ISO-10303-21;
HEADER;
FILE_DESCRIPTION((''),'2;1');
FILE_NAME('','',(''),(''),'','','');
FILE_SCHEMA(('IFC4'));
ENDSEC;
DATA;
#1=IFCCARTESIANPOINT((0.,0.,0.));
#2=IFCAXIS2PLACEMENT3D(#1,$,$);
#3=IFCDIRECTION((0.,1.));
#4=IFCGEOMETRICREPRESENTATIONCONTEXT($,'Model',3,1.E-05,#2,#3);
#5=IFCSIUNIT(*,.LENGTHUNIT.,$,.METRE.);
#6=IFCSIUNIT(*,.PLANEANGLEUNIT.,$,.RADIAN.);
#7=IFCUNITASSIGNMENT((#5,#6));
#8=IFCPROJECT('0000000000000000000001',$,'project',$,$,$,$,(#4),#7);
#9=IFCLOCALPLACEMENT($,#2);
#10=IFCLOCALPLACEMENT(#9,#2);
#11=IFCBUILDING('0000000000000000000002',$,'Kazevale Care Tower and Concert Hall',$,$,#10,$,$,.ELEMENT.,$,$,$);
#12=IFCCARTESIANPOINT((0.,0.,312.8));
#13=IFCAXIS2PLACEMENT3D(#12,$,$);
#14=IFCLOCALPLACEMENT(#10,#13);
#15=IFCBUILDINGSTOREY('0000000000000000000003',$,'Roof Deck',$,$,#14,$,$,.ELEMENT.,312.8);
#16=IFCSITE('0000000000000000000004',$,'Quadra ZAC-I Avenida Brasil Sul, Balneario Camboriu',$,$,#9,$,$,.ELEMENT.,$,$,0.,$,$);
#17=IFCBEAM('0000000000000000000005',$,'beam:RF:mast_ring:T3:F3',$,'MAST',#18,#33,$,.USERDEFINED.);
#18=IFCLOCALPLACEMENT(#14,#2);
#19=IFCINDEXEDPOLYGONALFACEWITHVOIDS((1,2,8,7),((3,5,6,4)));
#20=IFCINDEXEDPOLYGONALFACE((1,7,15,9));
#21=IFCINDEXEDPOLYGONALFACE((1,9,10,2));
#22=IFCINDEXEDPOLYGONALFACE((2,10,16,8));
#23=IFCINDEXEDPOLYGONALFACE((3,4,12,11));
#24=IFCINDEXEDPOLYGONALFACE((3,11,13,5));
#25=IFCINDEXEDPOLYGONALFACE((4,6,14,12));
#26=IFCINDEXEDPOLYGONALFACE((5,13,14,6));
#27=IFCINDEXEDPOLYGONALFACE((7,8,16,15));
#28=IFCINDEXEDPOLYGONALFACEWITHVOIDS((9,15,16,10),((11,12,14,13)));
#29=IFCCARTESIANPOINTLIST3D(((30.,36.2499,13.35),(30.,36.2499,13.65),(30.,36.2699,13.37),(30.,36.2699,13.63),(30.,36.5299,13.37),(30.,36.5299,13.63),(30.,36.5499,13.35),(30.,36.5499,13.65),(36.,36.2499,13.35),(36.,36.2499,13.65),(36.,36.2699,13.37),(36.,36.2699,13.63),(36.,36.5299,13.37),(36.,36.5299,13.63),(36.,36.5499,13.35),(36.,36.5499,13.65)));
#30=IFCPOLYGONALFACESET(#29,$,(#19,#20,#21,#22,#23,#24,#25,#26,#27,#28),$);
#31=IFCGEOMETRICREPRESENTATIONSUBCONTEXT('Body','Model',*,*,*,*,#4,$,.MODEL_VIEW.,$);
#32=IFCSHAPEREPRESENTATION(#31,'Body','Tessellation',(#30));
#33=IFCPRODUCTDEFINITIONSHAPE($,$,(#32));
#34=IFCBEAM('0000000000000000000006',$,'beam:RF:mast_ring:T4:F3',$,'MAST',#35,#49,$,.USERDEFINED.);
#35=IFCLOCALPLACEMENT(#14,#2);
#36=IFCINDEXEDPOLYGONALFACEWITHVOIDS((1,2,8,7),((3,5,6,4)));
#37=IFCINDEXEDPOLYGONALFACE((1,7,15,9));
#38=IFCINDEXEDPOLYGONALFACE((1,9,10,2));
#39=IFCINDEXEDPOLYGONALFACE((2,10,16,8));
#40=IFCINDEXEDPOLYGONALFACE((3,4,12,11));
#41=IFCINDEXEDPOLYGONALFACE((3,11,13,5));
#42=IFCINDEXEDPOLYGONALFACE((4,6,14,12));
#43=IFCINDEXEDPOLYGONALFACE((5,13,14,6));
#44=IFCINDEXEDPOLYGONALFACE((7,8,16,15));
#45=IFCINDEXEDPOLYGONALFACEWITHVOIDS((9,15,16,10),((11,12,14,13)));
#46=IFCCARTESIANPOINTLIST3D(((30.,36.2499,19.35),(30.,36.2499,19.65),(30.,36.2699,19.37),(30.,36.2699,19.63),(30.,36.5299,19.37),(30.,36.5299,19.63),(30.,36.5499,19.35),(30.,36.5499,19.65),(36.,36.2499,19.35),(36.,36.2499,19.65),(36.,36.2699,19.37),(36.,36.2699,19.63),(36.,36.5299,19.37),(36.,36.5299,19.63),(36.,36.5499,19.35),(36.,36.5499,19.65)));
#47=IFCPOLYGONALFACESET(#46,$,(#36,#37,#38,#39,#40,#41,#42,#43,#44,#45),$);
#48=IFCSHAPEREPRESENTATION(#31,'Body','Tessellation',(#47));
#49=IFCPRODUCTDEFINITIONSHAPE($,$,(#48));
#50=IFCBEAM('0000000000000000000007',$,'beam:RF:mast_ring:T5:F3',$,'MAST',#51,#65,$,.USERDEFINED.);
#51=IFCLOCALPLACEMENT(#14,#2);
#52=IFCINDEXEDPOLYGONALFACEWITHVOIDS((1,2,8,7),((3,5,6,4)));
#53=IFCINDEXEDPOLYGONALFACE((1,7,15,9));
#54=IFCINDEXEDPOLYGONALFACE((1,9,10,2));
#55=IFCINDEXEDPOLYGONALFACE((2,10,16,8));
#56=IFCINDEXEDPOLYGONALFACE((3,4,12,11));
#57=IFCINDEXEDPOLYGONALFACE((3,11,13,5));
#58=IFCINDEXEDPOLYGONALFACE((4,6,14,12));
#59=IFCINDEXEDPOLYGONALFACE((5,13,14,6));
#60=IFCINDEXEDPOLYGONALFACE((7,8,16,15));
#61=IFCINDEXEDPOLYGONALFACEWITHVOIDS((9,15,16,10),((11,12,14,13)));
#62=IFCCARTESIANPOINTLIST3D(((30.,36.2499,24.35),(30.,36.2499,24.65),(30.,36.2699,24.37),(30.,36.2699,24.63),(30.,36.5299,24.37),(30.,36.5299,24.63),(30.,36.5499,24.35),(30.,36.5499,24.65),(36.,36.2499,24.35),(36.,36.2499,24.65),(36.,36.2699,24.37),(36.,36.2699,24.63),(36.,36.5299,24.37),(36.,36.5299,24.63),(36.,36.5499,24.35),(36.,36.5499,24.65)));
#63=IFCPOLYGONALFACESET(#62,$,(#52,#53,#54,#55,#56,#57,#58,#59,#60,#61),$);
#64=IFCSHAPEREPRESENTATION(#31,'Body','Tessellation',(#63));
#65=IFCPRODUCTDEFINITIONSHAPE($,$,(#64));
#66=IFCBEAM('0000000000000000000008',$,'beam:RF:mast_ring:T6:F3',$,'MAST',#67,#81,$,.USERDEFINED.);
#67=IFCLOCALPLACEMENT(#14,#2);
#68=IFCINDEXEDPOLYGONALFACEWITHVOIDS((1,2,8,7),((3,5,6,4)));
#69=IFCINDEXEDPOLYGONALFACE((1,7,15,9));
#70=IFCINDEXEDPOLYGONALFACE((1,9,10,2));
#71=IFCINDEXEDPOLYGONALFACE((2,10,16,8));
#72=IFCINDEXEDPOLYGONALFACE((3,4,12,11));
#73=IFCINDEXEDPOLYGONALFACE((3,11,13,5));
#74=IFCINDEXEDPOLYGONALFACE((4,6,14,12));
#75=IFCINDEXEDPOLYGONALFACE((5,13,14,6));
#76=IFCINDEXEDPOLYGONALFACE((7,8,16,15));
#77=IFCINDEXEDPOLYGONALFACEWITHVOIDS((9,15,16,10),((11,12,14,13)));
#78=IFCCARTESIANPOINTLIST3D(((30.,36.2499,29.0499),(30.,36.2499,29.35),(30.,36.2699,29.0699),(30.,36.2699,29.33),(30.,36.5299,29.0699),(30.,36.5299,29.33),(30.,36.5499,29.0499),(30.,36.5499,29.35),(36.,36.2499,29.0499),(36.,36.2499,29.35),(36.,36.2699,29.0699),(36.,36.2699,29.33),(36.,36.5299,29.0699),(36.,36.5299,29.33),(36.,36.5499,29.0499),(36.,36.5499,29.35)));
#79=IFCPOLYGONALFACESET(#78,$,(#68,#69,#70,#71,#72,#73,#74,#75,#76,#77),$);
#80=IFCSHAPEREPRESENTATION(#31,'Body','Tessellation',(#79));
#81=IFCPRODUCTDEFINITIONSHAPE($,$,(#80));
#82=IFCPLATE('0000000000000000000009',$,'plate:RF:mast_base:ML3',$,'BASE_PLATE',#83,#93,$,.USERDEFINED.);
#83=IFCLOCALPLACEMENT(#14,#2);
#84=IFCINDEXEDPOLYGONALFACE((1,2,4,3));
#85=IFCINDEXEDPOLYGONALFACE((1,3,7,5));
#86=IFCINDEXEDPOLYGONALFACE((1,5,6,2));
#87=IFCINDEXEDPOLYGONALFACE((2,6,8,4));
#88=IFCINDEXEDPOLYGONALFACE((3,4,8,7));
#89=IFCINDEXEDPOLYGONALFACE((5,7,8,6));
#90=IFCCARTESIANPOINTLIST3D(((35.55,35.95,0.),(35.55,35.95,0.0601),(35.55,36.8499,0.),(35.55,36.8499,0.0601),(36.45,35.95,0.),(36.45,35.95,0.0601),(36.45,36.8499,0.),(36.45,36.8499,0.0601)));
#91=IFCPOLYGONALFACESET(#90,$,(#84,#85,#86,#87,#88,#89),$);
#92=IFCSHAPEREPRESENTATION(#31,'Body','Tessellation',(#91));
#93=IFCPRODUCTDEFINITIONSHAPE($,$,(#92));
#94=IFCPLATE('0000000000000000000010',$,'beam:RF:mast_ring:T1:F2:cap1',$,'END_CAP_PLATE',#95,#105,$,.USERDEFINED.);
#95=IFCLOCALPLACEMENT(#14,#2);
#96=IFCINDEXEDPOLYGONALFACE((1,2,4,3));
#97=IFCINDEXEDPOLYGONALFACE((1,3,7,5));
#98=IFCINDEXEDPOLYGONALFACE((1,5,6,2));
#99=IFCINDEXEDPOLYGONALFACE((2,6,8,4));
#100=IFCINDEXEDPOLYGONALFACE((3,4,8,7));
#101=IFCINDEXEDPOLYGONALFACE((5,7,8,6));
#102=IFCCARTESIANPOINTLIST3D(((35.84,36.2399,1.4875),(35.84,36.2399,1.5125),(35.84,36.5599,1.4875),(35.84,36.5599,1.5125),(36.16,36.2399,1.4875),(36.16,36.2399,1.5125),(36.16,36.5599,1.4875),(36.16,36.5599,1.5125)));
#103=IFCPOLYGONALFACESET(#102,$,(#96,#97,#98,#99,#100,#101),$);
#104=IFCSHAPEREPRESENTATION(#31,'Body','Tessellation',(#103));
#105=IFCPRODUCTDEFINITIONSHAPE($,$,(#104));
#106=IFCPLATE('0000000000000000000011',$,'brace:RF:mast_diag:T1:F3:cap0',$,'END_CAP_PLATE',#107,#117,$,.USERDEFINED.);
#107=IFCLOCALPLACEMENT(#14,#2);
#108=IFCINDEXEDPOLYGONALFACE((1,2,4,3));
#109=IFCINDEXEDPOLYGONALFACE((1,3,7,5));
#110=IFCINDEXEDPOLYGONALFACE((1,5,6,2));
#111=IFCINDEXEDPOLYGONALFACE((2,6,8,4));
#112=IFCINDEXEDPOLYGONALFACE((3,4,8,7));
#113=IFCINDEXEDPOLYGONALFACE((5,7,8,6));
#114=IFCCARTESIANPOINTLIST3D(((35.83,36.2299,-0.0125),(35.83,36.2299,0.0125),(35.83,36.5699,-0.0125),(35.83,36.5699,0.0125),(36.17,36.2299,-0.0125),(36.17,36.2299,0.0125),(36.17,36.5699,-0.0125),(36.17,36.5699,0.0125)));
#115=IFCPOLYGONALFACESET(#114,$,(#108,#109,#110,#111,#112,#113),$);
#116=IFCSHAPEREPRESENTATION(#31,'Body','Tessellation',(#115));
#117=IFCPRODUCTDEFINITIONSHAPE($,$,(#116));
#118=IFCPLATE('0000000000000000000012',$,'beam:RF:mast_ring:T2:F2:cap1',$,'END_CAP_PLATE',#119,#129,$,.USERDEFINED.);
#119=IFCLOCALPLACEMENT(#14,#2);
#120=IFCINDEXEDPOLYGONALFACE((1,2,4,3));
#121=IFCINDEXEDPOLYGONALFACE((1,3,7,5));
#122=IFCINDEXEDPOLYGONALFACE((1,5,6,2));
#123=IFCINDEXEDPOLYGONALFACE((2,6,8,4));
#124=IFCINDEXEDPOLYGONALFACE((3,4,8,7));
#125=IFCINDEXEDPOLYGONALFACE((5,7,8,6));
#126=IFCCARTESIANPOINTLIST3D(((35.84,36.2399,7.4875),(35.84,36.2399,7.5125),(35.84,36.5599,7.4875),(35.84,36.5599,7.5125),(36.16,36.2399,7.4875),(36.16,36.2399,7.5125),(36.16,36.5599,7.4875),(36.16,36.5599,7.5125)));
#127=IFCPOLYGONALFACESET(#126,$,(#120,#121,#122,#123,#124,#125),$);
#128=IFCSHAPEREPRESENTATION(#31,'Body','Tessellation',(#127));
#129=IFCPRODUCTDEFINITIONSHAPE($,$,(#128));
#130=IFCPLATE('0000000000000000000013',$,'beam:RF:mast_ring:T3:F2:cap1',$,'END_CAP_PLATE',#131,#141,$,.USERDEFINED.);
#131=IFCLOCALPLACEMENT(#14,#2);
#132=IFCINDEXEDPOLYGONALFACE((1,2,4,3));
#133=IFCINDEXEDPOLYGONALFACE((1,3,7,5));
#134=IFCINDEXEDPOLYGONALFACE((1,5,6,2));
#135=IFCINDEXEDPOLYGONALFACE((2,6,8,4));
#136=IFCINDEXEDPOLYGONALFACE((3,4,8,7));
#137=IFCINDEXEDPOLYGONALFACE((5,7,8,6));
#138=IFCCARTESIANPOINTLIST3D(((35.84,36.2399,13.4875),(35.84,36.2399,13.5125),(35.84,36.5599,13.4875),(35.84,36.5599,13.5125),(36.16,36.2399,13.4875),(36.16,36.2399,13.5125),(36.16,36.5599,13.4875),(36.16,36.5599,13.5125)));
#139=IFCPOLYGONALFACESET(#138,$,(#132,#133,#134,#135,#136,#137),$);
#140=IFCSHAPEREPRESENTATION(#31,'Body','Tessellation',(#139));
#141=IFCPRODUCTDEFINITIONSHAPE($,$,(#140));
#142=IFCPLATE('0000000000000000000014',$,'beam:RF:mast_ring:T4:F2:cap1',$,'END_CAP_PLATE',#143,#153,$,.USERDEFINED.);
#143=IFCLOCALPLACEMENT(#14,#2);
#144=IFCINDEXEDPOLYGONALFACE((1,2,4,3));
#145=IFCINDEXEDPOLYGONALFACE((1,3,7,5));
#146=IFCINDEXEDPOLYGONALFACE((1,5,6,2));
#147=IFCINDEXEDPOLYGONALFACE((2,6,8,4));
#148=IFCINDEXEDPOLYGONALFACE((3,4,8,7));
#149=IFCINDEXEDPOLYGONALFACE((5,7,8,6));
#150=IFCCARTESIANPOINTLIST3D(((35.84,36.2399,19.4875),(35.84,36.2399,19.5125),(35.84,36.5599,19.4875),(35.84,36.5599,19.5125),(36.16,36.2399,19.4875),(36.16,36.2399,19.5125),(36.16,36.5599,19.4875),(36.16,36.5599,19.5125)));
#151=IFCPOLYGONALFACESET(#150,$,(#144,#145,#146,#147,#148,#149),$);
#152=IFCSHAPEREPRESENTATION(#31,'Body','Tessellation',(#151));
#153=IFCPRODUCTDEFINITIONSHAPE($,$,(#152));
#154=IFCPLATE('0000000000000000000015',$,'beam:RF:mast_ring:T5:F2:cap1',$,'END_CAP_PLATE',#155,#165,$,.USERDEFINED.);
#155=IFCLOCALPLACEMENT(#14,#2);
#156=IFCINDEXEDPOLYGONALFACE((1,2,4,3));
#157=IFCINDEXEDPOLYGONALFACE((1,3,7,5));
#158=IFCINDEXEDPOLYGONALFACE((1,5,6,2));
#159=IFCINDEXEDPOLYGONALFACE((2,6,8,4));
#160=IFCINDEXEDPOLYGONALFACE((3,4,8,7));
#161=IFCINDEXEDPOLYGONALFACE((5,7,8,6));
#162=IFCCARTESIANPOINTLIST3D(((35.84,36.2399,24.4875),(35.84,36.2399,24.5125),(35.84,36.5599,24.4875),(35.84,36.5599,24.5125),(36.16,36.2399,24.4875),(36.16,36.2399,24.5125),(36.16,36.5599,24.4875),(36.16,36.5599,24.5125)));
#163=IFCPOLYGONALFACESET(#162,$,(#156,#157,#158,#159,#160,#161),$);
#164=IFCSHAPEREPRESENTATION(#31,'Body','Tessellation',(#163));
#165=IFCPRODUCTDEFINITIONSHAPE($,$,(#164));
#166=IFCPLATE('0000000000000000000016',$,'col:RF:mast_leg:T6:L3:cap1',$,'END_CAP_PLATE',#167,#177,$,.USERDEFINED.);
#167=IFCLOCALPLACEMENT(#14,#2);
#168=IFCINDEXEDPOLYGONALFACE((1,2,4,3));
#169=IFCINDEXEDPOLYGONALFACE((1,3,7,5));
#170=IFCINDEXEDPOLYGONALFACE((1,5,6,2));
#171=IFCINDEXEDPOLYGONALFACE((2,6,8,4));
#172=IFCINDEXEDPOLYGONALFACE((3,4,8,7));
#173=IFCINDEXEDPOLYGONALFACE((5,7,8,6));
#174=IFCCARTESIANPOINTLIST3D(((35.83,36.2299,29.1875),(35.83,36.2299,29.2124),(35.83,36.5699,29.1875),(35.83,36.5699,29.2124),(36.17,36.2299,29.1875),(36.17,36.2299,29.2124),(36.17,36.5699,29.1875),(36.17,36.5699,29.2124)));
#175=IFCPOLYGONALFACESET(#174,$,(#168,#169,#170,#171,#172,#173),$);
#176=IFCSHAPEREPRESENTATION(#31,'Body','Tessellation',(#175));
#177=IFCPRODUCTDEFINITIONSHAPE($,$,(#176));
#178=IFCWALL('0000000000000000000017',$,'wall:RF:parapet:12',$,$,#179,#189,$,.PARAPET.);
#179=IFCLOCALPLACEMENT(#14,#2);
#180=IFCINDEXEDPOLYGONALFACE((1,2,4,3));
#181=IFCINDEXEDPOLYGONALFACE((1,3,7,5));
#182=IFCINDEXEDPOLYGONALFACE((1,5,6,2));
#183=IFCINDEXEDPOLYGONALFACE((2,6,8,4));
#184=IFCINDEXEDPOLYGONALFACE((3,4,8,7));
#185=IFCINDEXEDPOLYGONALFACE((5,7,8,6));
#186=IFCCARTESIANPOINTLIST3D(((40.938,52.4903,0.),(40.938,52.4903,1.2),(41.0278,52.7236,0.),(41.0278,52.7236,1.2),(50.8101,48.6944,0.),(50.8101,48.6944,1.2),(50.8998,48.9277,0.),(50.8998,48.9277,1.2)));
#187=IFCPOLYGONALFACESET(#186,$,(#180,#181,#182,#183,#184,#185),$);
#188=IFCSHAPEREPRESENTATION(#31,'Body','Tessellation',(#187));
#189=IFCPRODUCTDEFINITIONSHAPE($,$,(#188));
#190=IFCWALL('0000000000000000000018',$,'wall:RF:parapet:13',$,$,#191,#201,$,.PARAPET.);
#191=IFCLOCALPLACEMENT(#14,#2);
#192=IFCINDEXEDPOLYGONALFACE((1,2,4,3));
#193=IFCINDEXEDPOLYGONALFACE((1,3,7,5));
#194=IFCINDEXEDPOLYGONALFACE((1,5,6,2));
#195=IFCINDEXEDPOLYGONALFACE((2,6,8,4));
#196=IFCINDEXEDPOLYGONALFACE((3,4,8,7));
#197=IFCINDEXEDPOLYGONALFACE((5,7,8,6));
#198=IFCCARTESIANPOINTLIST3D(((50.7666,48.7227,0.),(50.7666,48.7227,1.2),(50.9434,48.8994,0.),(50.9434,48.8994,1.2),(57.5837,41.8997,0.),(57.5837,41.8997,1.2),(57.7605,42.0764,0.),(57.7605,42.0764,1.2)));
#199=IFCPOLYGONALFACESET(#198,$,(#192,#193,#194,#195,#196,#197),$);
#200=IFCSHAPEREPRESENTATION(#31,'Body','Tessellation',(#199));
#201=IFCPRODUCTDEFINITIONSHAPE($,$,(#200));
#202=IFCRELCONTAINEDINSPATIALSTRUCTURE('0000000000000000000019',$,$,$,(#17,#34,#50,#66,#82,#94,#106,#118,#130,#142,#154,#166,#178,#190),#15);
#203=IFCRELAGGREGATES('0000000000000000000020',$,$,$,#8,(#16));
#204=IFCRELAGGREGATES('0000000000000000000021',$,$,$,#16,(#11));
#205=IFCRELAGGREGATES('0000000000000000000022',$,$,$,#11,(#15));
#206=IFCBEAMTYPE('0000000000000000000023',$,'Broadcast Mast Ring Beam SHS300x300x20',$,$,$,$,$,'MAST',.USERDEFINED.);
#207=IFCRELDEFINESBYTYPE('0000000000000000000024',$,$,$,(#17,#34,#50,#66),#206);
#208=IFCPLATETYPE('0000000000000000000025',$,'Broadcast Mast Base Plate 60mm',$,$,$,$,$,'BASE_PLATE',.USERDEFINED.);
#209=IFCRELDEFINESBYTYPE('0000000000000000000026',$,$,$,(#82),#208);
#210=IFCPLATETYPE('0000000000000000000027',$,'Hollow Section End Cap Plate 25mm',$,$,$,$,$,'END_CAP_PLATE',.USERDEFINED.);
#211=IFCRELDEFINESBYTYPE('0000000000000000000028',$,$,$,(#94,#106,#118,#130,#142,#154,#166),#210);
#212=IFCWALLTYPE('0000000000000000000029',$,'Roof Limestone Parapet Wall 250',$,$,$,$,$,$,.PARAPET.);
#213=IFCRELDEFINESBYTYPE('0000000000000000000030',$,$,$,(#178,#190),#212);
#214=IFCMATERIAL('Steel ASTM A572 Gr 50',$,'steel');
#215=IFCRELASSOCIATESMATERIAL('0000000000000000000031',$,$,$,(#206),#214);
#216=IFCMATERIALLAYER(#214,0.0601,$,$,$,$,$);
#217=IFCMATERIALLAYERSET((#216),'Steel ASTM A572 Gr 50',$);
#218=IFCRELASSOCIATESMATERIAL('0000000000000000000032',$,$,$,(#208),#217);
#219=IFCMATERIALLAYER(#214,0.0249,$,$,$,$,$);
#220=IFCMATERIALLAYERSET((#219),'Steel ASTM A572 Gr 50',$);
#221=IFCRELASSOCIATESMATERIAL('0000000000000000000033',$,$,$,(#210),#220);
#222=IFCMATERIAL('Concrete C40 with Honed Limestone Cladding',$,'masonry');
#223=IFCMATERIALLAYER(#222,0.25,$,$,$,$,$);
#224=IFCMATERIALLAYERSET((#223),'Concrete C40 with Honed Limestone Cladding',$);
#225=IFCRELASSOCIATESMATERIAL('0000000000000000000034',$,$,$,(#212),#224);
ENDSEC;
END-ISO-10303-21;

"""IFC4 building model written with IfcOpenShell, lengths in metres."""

from ifc_helpers import new_model, si_unit, direction, frame, frame_2d, origin, origin_2d, place, context, subcontext, project, spatial, rectangle, hollow_rectangle, extrude, material, layer, layer_set, material_profile, profile_set, type_object, element, save


model = new_model("IFC4")

# Units and contexts
model_context = context("Model", 3, precision=1e-05, world=origin(), true_north=direction((0.0, 1.0)))
body_context = subcontext(model_context, "Body", "Model", "MODEL_VIEW")
ifc_project = project(units=[si_unit("LENGTHUNIT", "METRE"), si_unit("PLANEANGLEUNIT", "RADIAN")], contexts=[model_context])

# Site, building, storey
site_placement = place(None, origin())
site = spatial("IfcSite", under=ifc_project, at=site_placement, Name="Quadra ZAC-I Avenida Brasil Sul, Balneario Camboriu", CompositionType="ELEMENT", RefElevation=0.0)
building_placement = place(site_placement, origin())
building = spatial("IfcBuilding", under=site, at=building_placement, Name="Kazevale Care Tower and Concert Hall", CompositionType="ELEMENT")
storey_placement = place(building_placement, frame((0.0, 0.0, 312.8)))
storey = spatial("IfcBuildingStorey", under=building, at=storey_placement, Name="Roof Deck", CompositionType="ELEMENT", Elevation=312.8)

# Shared definitions
ifc_material_1 = material(Name="Steel ASTM A572 Gr 50", Category="steel")

# Beams
ifc_material_profile_1 = material_profile(ifc_material_1, hollow_rectangle(XDim=0.3, YDim=0.3, WallThickness=0.02, at=origin_2d()), Name="SHS300x300x20")
ifc_profile_set_1 = profile_set([ifc_material_profile_1], Name="Steel ASTM A572 Gr 50")
beam_type = type_object("IfcBeamType", Name="Broadcast Mast Ring Beam SHS300x300x20", ElementType="MAST", PredefinedType="USERDEFINED", material=ifc_profile_set_1)
for number, where, z_axis, x_axis, name in (
    (1, (36.0, 36.3999, 13.5), (-1.0, 0.0, 0.0), (0.0, -1.0, 0.0), "beam:RF:mast_ring:T3:F3"),
    (2, (36.0, 36.3999, 19.5), (-1.0, 0.0, 0.0), (0.0, -1.0, 0.0), "beam:RF:mast_ring:T4:F3"),
    (3, (36.0, 36.3999, 24.5), (-1.0, 0.0, 0.0), (0.0, -1.0, 0.0), "beam:RF:mast_ring:T5:F3"),
    (4, (36.0, 36.3999, 29.2), (-1.0, 0.0, 0.0), (0.0, -1.0, 0.0), "beam:RF:mast_ring:T6:F3"),
):
    element("IfcBeam", number, at=place(storey_placement, frame(where, z_axis=z_axis, x_axis=x_axis)), inside=storey, type_object=beam_type, Name=name, ObjectType="MAST", PredefinedType="USERDEFINED", context=body_context, shape_type="SweptSolid", body=[
        extrude(hollow_rectangle(XDim=0.3, YDim=0.3, WallThickness=0.02, at=origin_2d()), origin(), (0.0, 0.0, 1.0), 6.0),
    ])

# Plates
ifc_layer_1 = layer(ifc_material_1, 0.0601)
ifc_layer_set_1 = layer_set([ifc_layer_1], Name="Steel ASTM A572 Gr 50")
plate_type_1 = type_object("IfcPlateType", Name="Broadcast Mast Base Plate 60mm", ElementType="BASE_PLATE", PredefinedType="USERDEFINED", material=ifc_layer_set_1)
plate_1_placement = place(storey_placement, frame((36.0, 36.3999, 0.0), z_axis=(0.0, 0.0, 1.0), x_axis=(1.0, 0.0, 0.0)))
element("IfcPlate", 5, at=plate_1_placement, inside=storey, type_object=plate_type_1, Name="plate:RF:mast_base:ML3", ObjectType="BASE_PLATE", PredefinedType="USERDEFINED", context=body_context, shape_type="SweptSolid", body=[
    extrude(rectangle(XDim=0.8999, YDim=0.8999, at=origin_2d()), origin(), (0.0, 0.0, 1.0), 0.0601),
])
ifc_layer_2 = layer(ifc_material_1, 0.0249)
ifc_layer_set_2 = layer_set([ifc_layer_2], Name="Steel ASTM A572 Gr 50")
plate_type_2 = type_object("IfcPlateType", Name="Hollow Section End Cap Plate 25mm", ElementType="END_CAP_PLATE", PredefinedType="USERDEFINED", material=ifc_layer_set_2)
plate_2_placement = place(storey_placement, frame((36.0, 36.3999, 1.4875), z_axis=(0.0, 0.0, 1.0), x_axis=(1.0, 0.0, 0.0)))
element("IfcPlate", 6, at=plate_2_placement, inside=storey, type_object=plate_type_2, Name="beam:RF:mast_ring:T1:F2:cap1", ObjectType="END_CAP_PLATE", PredefinedType="USERDEFINED", context=body_context, shape_type="SweptSolid", body=[
    extrude(rectangle(XDim=0.3201, YDim=0.3201, at=origin_2d()), origin(), (0.0, 0.0, 1.0), 0.0249),
])
plate_3_placement = place(storey_placement, frame((36.0, 36.3999, -0.0125), z_axis=(0.0, 0.0, 1.0), x_axis=(1.0, 0.0, 0.0)))
element("IfcPlate", 7, at=plate_3_placement, inside=storey, type_object=plate_type_2, Name="brace:RF:mast_diag:T1:F3:cap0", ObjectType="END_CAP_PLATE", PredefinedType="USERDEFINED", context=body_context, shape_type="SweptSolid", body=[
    extrude(rectangle(XDim=0.3401, YDim=0.3401, at=origin_2d()), origin(), (0.0, 0.0, 1.0), 0.0249),
])
for number, where, z_axis, x_axis, name in (
    (8, (36.0, 36.3999, 7.4875), (0.0, 0.0, 1.0), (1.0, 0.0, 0.0), "beam:RF:mast_ring:T2:F2:cap1"),
    (9, (36.0, 36.3999, 13.4875), (0.0, 0.0, 1.0), (1.0, 0.0, 0.0), "beam:RF:mast_ring:T3:F2:cap1"),
    (10, (36.0, 36.3999, 19.4875), (0.0, 0.0, 1.0), (1.0, 0.0, 0.0), "beam:RF:mast_ring:T4:F2:cap1"),
    (11, (36.0, 36.3999, 24.4875), (0.0, 0.0, 1.0), (1.0, 0.0, 0.0), "beam:RF:mast_ring:T5:F2:cap1"),
):
    element("IfcPlate", number, at=place(storey_placement, frame(where, z_axis=z_axis, x_axis=x_axis)), inside=storey, type_object=plate_type_2, Name=name, ObjectType="END_CAP_PLATE", PredefinedType="USERDEFINED", context=body_context, shape_type="SweptSolid", body=[
        extrude(rectangle(XDim=0.3201, YDim=0.3201, at=origin_2d()), origin(), (0.0, 0.0, 1.0), 0.0249),
    ])
plate_4_placement = place(storey_placement, frame((36.0, 36.3999, 29.1875), z_axis=(0.0, 0.0, 1.0), x_axis=(1.0, 0.0, 0.0)))
element("IfcPlate", 12, at=plate_4_placement, inside=storey, type_object=plate_type_2, Name="col:RF:mast_leg:T6:L3:cap1", ObjectType="END_CAP_PLATE", PredefinedType="USERDEFINED", context=body_context, shape_type="SweptSolid", body=[
    extrude(rectangle(XDim=0.3401, YDim=0.3401, at=origin_2d()), origin(), (0.0, 0.0, 1.0), 0.0249),
])

# Walls
ifc_material_2 = material(Name="Concrete C40 with Honed Limestone Cladding", Category="masonry")
ifc_layer_3 = layer(ifc_material_2, 0.25)
ifc_layer_set_3 = layer_set([ifc_layer_3], Name="Concrete C40 with Honed Limestone Cladding")
wall_type = type_object("IfcWallType", Name="Roof Limestone Parapet Wall 250", PredefinedType="PARAPET", material=ifc_layer_set_3)
wall_1_placement = place(storey_placement, frame((40.9829, 52.6069, 0.0), z_axis=(0.0, 0.0, 1.0), x_axis=(0.933379, -0.358892, 0.0)))
element("IfcWall", 13, at=wall_1_placement, inside=storey, type_object=wall_type, Name="wall:RF:parapet:12", PredefinedType="PARAPET", context=body_context, shape_type="SweptSolid", body=[
    extrude(rectangle(XDim=10.5767, YDim=0.25, at=frame_2d((5.2883, 0.0))), origin(), (0.0, 0.0, 1.0), 1.2),
])
wall_2_placement = place(storey_placement, frame((50.855, 48.811, 0.0), z_axis=(0.0, 0.0, 1.0), x_axis=(0.706803, -0.70741, 0.0)))
element("IfcWall", 14, at=wall_2_placement, inside=storey, type_object=wall_type, Name="wall:RF:parapet:13", PredefinedType="PARAPET", context=body_context, shape_type="SweptSolid", body=[
    extrude(rectangle(XDim=9.645, YDim=0.25, at=frame_2d((4.8225, 0.0))), origin(), (0.0, 0.0, 1.0), 1.2),
])

save(model, "model.ifc")
